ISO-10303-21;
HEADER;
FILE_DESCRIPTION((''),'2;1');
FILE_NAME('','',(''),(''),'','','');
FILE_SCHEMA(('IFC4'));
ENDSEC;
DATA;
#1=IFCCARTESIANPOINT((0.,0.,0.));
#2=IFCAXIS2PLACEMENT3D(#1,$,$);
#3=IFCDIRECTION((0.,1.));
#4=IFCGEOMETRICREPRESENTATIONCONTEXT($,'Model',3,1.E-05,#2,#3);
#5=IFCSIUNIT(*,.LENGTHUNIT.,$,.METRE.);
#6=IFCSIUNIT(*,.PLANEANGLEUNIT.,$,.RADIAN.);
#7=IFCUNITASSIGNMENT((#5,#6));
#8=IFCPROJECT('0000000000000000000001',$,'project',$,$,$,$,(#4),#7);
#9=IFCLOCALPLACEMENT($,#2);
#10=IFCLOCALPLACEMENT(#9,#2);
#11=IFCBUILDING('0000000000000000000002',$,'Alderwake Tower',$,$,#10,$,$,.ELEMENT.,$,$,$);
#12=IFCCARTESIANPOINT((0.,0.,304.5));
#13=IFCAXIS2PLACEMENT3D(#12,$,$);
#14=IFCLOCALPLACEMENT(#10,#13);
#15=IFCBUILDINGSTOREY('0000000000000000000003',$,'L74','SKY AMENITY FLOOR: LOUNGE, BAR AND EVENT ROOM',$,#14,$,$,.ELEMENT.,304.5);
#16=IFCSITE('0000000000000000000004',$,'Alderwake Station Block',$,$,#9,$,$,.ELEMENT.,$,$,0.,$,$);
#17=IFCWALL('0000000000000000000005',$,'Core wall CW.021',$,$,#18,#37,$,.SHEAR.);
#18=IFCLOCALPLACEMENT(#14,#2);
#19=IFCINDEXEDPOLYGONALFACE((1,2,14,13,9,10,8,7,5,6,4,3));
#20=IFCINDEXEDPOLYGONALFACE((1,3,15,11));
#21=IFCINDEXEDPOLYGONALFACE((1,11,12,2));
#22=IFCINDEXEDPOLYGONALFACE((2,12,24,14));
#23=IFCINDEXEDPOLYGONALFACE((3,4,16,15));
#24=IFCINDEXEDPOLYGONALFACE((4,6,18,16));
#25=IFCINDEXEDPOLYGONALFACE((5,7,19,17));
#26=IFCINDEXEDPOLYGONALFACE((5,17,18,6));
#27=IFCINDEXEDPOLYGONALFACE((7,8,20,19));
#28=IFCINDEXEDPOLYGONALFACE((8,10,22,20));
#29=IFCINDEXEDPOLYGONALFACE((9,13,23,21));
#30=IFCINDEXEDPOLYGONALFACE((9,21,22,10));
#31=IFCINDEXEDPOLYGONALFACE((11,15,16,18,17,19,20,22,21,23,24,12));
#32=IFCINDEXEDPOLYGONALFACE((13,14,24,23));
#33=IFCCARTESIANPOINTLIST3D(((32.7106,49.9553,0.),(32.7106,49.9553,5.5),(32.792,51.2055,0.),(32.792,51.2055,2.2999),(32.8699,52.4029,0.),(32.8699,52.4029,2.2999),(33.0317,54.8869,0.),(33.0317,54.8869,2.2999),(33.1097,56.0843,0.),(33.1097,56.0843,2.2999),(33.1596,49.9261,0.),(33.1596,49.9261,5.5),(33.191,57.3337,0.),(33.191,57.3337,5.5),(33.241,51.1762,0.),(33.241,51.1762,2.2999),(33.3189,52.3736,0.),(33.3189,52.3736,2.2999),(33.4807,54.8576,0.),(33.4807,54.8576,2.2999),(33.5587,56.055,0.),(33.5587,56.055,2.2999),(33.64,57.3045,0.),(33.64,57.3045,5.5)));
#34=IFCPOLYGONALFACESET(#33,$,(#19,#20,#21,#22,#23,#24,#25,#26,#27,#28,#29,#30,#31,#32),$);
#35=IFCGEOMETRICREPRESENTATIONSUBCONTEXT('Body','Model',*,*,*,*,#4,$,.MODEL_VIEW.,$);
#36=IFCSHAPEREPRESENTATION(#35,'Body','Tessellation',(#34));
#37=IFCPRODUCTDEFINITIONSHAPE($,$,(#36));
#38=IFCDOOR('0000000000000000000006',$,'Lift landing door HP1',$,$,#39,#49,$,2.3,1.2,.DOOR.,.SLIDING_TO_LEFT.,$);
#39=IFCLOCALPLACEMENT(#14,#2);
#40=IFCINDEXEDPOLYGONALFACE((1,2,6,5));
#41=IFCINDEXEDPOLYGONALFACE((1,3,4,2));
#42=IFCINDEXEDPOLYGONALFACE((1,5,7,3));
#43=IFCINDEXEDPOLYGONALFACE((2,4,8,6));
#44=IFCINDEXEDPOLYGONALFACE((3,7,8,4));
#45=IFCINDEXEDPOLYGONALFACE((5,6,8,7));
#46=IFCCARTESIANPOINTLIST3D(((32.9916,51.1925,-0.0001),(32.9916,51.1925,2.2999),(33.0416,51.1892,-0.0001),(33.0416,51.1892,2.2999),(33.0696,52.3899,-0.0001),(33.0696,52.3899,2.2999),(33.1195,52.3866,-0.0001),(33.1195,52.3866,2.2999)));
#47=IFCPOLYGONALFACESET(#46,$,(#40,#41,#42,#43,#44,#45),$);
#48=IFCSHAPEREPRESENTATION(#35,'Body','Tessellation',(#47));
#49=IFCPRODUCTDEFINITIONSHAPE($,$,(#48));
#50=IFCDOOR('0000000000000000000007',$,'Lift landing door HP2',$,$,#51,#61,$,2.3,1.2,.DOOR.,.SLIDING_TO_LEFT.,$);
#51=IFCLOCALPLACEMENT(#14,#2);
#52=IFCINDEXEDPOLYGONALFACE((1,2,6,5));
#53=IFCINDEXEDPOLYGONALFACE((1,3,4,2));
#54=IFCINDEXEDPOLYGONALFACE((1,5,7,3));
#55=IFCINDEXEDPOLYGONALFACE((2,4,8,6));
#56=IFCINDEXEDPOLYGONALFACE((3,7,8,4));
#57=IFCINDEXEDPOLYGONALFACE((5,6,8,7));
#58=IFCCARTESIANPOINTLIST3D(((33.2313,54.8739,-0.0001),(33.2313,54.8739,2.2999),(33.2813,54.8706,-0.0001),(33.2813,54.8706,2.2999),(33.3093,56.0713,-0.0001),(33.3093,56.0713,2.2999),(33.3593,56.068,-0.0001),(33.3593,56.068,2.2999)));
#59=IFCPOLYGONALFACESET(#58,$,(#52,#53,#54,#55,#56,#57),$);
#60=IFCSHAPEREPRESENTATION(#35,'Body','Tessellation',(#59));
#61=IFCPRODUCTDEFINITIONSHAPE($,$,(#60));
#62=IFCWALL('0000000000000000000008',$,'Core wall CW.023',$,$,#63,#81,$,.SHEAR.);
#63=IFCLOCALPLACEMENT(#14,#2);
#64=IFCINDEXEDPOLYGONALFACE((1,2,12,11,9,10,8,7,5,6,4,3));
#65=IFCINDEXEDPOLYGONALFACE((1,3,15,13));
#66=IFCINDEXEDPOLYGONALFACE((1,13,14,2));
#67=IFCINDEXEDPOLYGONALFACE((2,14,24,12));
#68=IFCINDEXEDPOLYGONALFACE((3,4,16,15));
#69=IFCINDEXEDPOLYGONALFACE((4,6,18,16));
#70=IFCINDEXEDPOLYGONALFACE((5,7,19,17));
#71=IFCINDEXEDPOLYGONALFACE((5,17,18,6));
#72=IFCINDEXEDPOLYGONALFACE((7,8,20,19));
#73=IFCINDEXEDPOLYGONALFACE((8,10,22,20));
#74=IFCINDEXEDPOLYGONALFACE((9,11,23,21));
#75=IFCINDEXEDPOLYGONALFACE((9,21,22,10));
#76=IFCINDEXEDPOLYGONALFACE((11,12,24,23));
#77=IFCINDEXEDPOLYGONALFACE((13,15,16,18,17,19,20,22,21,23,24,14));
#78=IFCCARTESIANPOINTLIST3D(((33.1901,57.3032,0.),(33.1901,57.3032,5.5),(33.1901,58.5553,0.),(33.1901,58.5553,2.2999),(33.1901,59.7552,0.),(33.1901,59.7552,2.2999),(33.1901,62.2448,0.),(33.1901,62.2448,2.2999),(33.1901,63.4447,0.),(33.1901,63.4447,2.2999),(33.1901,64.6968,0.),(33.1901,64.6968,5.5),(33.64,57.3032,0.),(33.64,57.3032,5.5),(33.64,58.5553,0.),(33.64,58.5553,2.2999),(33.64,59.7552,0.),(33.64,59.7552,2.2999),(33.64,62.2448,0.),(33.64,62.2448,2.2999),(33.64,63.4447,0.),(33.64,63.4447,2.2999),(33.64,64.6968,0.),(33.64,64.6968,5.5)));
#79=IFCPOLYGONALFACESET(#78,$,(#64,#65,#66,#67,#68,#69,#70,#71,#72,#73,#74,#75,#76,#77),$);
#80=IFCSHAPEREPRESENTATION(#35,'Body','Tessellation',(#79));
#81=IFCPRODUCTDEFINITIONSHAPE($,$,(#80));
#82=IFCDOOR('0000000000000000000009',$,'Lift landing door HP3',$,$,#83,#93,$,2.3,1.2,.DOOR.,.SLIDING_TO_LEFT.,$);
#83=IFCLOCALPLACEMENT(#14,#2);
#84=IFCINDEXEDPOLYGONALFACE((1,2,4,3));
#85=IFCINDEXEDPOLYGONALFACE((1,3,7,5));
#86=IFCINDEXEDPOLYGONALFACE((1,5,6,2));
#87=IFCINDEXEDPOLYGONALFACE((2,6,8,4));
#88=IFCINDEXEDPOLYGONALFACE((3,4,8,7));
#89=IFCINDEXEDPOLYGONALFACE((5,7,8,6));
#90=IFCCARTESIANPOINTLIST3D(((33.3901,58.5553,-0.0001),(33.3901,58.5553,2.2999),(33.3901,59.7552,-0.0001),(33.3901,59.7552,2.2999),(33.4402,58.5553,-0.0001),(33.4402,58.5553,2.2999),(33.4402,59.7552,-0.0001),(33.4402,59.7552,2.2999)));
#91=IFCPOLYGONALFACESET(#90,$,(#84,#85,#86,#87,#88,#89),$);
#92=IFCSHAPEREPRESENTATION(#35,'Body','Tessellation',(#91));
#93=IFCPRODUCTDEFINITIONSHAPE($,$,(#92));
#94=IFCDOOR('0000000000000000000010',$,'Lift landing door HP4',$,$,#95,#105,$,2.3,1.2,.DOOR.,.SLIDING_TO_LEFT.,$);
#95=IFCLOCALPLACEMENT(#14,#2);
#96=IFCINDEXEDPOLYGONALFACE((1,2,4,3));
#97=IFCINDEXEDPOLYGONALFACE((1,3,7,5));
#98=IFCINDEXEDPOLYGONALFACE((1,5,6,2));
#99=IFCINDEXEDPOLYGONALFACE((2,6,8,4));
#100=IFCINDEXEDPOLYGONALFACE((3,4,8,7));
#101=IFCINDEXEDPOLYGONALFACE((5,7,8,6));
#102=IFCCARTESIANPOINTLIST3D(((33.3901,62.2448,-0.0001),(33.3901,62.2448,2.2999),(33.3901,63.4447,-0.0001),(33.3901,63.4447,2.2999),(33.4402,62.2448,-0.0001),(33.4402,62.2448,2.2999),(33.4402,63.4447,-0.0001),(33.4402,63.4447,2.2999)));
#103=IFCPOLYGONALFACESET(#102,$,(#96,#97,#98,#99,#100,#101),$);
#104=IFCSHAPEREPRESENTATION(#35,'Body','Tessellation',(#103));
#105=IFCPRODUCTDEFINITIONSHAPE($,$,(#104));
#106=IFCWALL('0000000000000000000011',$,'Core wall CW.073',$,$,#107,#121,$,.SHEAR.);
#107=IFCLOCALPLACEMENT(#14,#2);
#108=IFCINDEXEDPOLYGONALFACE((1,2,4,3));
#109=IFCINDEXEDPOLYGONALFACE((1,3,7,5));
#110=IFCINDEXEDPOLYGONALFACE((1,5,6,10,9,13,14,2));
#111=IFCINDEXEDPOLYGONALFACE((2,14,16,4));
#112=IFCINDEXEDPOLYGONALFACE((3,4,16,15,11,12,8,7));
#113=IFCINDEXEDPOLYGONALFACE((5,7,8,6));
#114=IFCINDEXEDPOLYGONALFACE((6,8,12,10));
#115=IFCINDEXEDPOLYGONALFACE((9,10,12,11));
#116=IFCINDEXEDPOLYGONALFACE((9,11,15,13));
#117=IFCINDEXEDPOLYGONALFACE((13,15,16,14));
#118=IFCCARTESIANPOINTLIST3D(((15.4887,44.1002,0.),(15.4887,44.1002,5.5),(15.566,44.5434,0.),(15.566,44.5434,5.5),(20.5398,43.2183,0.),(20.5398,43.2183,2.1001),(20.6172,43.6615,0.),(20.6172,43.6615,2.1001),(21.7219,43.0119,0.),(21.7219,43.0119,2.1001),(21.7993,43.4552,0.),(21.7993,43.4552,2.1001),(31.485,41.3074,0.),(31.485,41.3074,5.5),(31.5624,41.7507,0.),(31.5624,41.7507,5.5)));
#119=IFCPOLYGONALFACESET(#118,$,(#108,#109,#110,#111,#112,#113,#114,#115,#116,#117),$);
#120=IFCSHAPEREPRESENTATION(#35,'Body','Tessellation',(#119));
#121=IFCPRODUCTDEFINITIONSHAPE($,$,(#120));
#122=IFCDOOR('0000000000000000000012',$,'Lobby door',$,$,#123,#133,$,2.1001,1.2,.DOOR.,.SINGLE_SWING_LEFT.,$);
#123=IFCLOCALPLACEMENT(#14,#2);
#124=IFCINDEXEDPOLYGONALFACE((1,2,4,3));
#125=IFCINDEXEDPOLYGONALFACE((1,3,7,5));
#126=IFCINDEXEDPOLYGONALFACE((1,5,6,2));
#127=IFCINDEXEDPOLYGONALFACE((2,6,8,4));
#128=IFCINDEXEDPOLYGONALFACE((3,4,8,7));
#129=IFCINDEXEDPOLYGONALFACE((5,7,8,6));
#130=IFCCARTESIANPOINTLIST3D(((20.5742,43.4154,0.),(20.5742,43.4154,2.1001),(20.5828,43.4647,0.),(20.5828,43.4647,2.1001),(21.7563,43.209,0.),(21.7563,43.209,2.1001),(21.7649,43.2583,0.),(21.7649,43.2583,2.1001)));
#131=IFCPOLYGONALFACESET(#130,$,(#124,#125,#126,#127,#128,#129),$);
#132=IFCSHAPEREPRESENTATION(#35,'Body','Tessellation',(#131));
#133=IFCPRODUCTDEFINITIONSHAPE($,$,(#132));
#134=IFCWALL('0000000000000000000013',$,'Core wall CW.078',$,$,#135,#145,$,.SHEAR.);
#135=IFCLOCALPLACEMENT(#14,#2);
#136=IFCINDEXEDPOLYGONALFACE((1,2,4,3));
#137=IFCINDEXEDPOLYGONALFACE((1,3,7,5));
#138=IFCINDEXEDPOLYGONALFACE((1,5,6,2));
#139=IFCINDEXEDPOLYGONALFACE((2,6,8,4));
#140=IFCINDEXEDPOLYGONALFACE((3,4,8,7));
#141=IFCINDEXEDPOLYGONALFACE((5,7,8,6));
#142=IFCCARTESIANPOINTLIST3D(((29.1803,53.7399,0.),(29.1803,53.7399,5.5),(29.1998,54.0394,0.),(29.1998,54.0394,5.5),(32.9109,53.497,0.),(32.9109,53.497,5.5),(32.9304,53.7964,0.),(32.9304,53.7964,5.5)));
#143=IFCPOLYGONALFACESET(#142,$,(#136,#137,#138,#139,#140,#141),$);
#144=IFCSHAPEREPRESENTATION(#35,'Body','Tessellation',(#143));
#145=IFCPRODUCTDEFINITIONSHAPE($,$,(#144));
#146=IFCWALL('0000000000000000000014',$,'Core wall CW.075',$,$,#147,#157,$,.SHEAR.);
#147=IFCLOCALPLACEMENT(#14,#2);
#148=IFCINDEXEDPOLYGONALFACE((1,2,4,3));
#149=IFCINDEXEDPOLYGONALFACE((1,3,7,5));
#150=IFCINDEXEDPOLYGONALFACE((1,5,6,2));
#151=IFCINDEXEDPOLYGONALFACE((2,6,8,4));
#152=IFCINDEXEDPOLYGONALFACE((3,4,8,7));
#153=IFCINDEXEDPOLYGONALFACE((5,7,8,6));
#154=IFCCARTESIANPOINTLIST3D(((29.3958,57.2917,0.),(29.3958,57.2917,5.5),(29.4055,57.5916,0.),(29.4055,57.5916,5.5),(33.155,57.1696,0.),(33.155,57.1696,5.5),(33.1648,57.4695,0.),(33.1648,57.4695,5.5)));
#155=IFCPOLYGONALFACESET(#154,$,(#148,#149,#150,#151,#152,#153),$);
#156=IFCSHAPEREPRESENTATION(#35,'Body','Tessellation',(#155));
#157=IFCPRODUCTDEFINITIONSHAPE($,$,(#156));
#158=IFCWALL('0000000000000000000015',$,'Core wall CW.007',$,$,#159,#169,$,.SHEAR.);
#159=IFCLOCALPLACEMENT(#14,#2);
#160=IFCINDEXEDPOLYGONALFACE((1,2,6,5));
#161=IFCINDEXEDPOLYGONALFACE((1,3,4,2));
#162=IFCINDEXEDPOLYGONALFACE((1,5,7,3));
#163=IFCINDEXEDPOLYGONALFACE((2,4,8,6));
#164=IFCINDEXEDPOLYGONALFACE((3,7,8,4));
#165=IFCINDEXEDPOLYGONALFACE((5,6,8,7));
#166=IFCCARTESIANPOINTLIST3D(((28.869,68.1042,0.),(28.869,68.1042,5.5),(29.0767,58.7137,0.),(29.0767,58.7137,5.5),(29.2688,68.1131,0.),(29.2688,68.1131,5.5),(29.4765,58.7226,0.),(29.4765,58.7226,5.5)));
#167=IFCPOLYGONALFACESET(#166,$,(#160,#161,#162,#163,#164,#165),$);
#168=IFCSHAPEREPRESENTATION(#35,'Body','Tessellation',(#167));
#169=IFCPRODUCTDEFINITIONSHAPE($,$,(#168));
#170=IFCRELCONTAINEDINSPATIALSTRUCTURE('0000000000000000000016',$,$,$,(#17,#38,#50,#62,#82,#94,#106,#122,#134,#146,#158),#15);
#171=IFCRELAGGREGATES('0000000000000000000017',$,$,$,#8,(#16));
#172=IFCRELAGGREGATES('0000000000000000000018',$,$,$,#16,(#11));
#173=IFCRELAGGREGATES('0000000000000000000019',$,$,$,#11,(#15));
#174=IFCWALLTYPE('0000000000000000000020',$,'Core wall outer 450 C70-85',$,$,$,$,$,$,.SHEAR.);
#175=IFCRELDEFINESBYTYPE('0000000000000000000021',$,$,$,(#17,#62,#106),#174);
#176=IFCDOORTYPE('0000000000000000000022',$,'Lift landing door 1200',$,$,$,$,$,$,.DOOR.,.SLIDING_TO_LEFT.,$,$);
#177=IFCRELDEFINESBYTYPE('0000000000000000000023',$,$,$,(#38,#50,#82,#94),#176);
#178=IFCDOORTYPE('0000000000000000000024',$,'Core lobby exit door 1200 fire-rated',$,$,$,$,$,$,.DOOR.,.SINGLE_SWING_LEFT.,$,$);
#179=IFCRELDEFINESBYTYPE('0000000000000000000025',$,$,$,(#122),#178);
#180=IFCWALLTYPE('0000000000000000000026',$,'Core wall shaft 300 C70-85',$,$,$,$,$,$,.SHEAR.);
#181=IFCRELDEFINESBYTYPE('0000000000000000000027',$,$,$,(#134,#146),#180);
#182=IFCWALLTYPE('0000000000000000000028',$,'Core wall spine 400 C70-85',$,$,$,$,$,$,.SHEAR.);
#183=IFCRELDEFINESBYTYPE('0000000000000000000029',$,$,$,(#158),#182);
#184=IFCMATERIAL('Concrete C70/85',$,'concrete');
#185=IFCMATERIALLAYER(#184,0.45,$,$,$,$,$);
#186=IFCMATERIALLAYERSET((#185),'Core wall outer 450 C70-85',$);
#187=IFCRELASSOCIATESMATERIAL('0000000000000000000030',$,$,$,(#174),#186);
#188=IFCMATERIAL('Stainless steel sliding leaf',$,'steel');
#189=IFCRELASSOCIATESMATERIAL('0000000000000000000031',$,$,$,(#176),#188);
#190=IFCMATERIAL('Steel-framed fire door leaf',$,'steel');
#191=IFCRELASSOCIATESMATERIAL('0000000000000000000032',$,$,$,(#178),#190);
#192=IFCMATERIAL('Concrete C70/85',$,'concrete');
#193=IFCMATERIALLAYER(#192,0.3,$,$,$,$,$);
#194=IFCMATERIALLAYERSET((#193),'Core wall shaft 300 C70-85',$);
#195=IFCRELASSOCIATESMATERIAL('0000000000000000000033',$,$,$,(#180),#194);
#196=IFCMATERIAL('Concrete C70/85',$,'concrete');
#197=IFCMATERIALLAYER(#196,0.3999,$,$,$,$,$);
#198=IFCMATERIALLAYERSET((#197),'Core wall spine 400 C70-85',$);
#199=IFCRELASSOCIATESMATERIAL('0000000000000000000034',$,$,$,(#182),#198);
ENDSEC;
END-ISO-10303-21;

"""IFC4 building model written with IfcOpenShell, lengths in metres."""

from ifc_helpers import new_model, si_unit, direction, frame, frame_2d, origin, place, context, subcontext, project, spatial, rectangle, extrude, material, layer, layer_set, type_object, element, fill, save


model = new_model("IFC4")

# Units and contexts
model_context = context("Model", 3, precision=1e-05, world=origin(), true_north=direction((0.0, 1.0)))
body_context = subcontext(model_context, "Body", "Model", "MODEL_VIEW")
ifc_project = project(units=[si_unit("LENGTHUNIT", "METRE"), si_unit("PLANEANGLEUNIT", "RADIAN")], contexts=[model_context])

# Site, building, storey
site_placement = place(None, origin())
site = spatial("IfcSite", under=ifc_project, at=site_placement, Name="Alderwake Station Block", CompositionType="ELEMENT", RefElevation=0.0)
building_placement = place(site_placement, origin())
building = spatial("IfcBuilding", under=site, at=building_placement, Name="Alderwake Tower", CompositionType="ELEMENT")
storey_placement = place(building_placement, frame((0.0, 0.0, 304.5)))
storey = spatial("IfcBuildingStorey", under=building, at=storey_placement, Name="L74", Description="SKY AMENITY FLOOR: LOUNGE, BAR AND EVENT ROOM", CompositionType="ELEMENT", Elevation=304.5)

# Walls, openings, doors
ifc_material_1 = material(Name="Concrete C70/85", Category="concrete")
ifc_layer_1 = layer(ifc_material_1, 0.45)
ifc_layer_set_1 = layer_set([ifc_layer_1], Name="Core wall outer 450 C70-85")
wall_type_1 = type_object("IfcWallType", Name="Core wall outer 450 C70-85", PredefinedType="SHEAR", material=ifc_layer_set_1)
wall_1_placement = place(storey_placement, frame((32.9351, 49.9407, 0.0), z_axis=(0.0, 0.0, 1.0), x_axis=(0.064981, 0.997887, 0.0)))
wall_1 = element("IfcWall", 1, at=wall_1_placement, inside=storey, type_object=wall_type_1, Name="Core wall CW.021", PredefinedType="SHEAR", context=body_context, shape_type="SweptSolid", body=[
    extrude(rectangle(XDim=7.394, YDim=0.45, at=frame_2d((3.697, 0.0))), origin(), (0.0, 0.0, 1.0), 5.5),
])
opening_1_placement = place(wall_1_placement, frame((1.2527, 0.0, 0.0)))
opening_1 = element("IfcOpeningElement", 2, at=opening_1_placement, cuts=wall_1, PredefinedType="OPENING", context=body_context, shape_type="SweptSolid", body=[
    extrude(rectangle(XDim=1.2, YDim=2.3, at=frame_2d((0.6001, 1.1499))), frame((0.0, 0.2349, 0.0), z_axis=(0.0, -1.0, 0.0), x_axis=(1.0, 0.0, 0.0)), (0.0, 0.0, 1.0), 0.47),
])
opening_2_placement = place(wall_1_placement, frame((4.9419, 0.0, 0.0)))
opening_2 = element("IfcOpeningElement", 3, at=opening_2_placement, cuts=wall_1, PredefinedType="OPENING", context=body_context, shape_type="SweptSolid", body=[
    extrude(rectangle(XDim=1.2, YDim=2.3, at=frame_2d((0.6001, 1.1499))), frame((0.0, 0.2349, 0.0), z_axis=(0.0, -1.0, 0.0), x_axis=(1.0, 0.0, 0.0)), (0.0, 0.0, 1.0), 0.47),
])
ifc_material_2 = material(Name="Stainless steel sliding leaf", Category="steel")
door_type_1 = type_object("IfcDoorType", Name="Lift landing door 1200", OperationType="SLIDING_TO_LEFT", PredefinedType="DOOR", material=ifc_material_2)
door_1_placement = place(opening_1_placement, origin())
door_1 = element("IfcDoor", 4, at=door_1_placement, inside=storey, type_object=door_type_1, Name="Lift landing door HP1", OperationType="SLIDING_TO_LEFT", OverallHeight=2.3, OverallWidth=1.2, PredefinedType="DOOR", context=body_context, shape_type="SweptSolid", body=[
    extrude(rectangle(XDim=1.2, YDim=2.3, at=frame_2d((0.6001, 1.1499))), frame((0.0, 0.0249, 0.0), z_axis=(0.0, -1.0, 0.0), x_axis=(1.0, 0.0, 0.0)), (0.0, 0.0, 1.0), 0.05),
])
fill(opening_1, door_1)
door_2_placement = place(opening_2_placement, origin())
door_2 = element("IfcDoor", 5, at=door_2_placement, inside=storey, type_object=door_type_1, Name="Lift landing door HP2", OperationType="SLIDING_TO_LEFT", OverallHeight=2.3, OverallWidth=1.2, PredefinedType="DOOR", context=body_context, shape_type="SweptSolid", body=[
    extrude(rectangle(XDim=1.2, YDim=2.3, at=frame_2d((0.6001, 1.1499))), frame((0.0, 0.0249, 0.0), z_axis=(0.0, -1.0, 0.0), x_axis=(1.0, 0.0, 0.0)), (0.0, 0.0, 1.0), 0.05),
])
fill(opening_2, door_2)
wall_2_placement = place(storey_placement, frame((33.415, 57.3032, 0.0), z_axis=(0.0, 0.0, 1.0), x_axis=(0.0, 1.0, 0.0)))
wall_2 = element("IfcWall", 6, at=wall_2_placement, inside=storey, type_object=wall_type_1, Name="Core wall CW.023", PredefinedType="SHEAR", context=body_context, shape_type="SweptSolid", body=[
    extrude(rectangle(XDim=7.3936, YDim=0.45, at=frame_2d((3.6968, 0.0))), origin(), (0.0, 0.0, 1.0), 5.5),
])
opening_3_placement = place(wall_2_placement, frame((1.252, 0.0, 0.0)))
opening_3 = element("IfcOpeningElement", 7, at=opening_3_placement, cuts=wall_2, PredefinedType="OPENING", context=body_context, shape_type="SweptSolid", body=[
    extrude(rectangle(XDim=1.2, YDim=2.3, at=frame_2d((0.6001, 1.1499))), frame((0.0, 0.2349, 0.0), z_axis=(0.0, -1.0, 0.0), x_axis=(1.0, 0.0, 0.0)), (0.0, 0.0, 1.0), 0.47),
])
opening_4_placement = place(wall_2_placement, frame((4.9414, 0.0, 0.0)))
opening_4 = element("IfcOpeningElement", 8, at=opening_4_placement, cuts=wall_2, PredefinedType="OPENING", context=body_context, shape_type="SweptSolid", body=[
    extrude(rectangle(XDim=1.2, YDim=2.3, at=frame_2d((0.6001, 1.1499))), frame((0.0, 0.2349, 0.0), z_axis=(0.0, -1.0, 0.0), x_axis=(1.0, 0.0, 0.0)), (0.0, 0.0, 1.0), 0.47),
])
door_3_placement = place(opening_3_placement, origin())
door_3 = element("IfcDoor", 9, at=door_3_placement, inside=storey, type_object=door_type_1, Name="Lift landing door HP3", OperationType="SLIDING_TO_LEFT", OverallHeight=2.3, OverallWidth=1.2, PredefinedType="DOOR", context=body_context, shape_type="SweptSolid", body=[
    extrude(rectangle(XDim=1.2, YDim=2.3, at=frame_2d((0.6001, 1.1499))), frame((0.0, 0.0249, 0.0), z_axis=(0.0, -1.0, 0.0), x_axis=(1.0, 0.0, 0.0)), (0.0, 0.0, 1.0), 0.05),
])
fill(opening_3, door_3)
door_4_placement = place(opening_4_placement, origin())
door_4 = element("IfcDoor", 10, at=door_4_placement, inside=storey, type_object=door_type_1, Name="Lift landing door HP4", OperationType="SLIDING_TO_LEFT", OverallHeight=2.3, OverallWidth=1.2, PredefinedType="DOOR", context=body_context, shape_type="SweptSolid", body=[
    extrude(rectangle(XDim=1.2, YDim=2.3, at=frame_2d((0.6001, 1.1499))), frame((0.0, 0.0249, 0.0), z_axis=(0.0, -1.0, 0.0), x_axis=(1.0, 0.0, 0.0)), (0.0, 0.0, 1.0), 0.05),
])
fill(opening_4, door_4)

# Wall, opening, door
wall_3_placement = place(storey_placement, frame((31.5237, 41.5291, 0.0), z_axis=(0.0, 0.0, 1.0), x_axis=(-0.9851, 0.171984, 0.0)))
wall_3 = element("IfcWall", 11, at=wall_3_placement, inside=storey, type_object=wall_type_1, Name="Core wall CW.073", PredefinedType="SHEAR", context=body_context, shape_type="SweptSolid", body=[
    extrude(rectangle(XDim=16.2383, YDim=0.45, at=frame_2d((8.1191, 0.0))), origin(), (0.0, 0.0, 1.0), 5.5),
])
opening_5_placement = place(wall_3_placement, frame((9.9106, 0.0, 0.0)))
opening_5 = element("IfcOpeningElement", 12, at=opening_5_placement, cuts=wall_3, PredefinedType="OPENING", context=body_context, shape_type="SweptSolid", body=[
    extrude(rectangle(XDim=1.2, YDim=2.1001, at=frame_2d((0.6001, 1.05))), frame((0.0, 0.2349, 0.0), z_axis=(0.0, -1.0, 0.0), x_axis=(1.0, 0.0, 0.0)), (0.0, 0.0, 1.0), 0.47),
])
ifc_material_3 = material(Name="Steel-framed fire door leaf", Category="steel")
door_type_2 = type_object("IfcDoorType", Name="Core lobby exit door 1200 fire-rated", OperationType="SINGLE_SWING_LEFT", PredefinedType="DOOR", material=ifc_material_3)
door_5_placement = place(opening_5_placement, origin())
door_5 = element("IfcDoor", 13, at=door_5_placement, inside=storey, type_object=door_type_2, Name="Lobby door", OperationType="SINGLE_SWING_LEFT", OverallHeight=2.1001, OverallWidth=1.2, PredefinedType="DOOR", context=body_context, shape_type="SweptSolid", body=[
    extrude(rectangle(XDim=1.2, YDim=2.1001, at=frame_2d((0.6001, 1.05))), frame((0.0, 0.0249, 0.0), z_axis=(0.0, -1.0, 0.0), x_axis=(1.0, 0.0, 0.0)), (0.0, 0.0, 1.0), 0.05),
])
fill(opening_5, door_5)

# Walls
ifc_material_4 = material(Name="Concrete C70/85", Category="concrete")
ifc_layer_2 = layer(ifc_material_4, 0.3)
ifc_layer_set_2 = layer_set([ifc_layer_2], Name="Core wall shaft 300 C70-85")
wall_type_2 = type_object("IfcWallType", Name="Core wall shaft 300 C70-85", PredefinedType="SHEAR", material=ifc_layer_set_2)
wall_4_placement = place(storey_placement, frame((29.1902, 53.8896, 0.0), z_axis=(0.0, 0.0, 1.0), x_axis=(0.997887, -0.064976, 0.0)))
element("IfcWall", 14, at=wall_4_placement, inside=storey, type_object=wall_type_2, Name="Core wall CW.078", PredefinedType="SHEAR", context=body_context, shape_type="SweptSolid", body=[
    extrude(rectangle(XDim=3.7385, YDim=0.3, at=frame_2d((1.8691, 0.0))), origin(), (0.0, 0.0, 1.0), 5.5),
])
wall_5_placement = place(storey_placement, frame((29.4006, 57.4417, 0.0), z_axis=(0.0, 0.0, 1.0), x_axis=(0.999473, -0.032455, 0.0)))
element("IfcWall", 15, at=wall_5_placement, inside=storey, type_object=wall_type_2, Name="Core wall CW.075", PredefinedType="SHEAR", context=body_context, shape_type="SweptSolid", body=[
    extrude(rectangle(XDim=3.7612, YDim=0.3, at=frame_2d((1.8806, 0.0))), origin(), (0.0, 0.0, 1.0), 5.5),
])
ifc_material_5 = material(Name="Concrete C70/85", Category="concrete")
ifc_layer_3 = layer(ifc_material_5, 0.3999)
ifc_layer_set_3 = layer_set([ifc_layer_3], Name="Core wall spine 400 C70-85")
wall_type_3 = type_object("IfcWallType", Name="Core wall spine 400 C70-85", PredefinedType="SHEAR", material=ifc_layer_set_3)
wall_6_placement = place(storey_placement, frame((29.2766, 58.7183, 0.0), z_axis=(0.0, 0.0, 1.0), x_axis=(-0.022119, 0.999755, 0.0)))
element("IfcWall", 16, at=wall_6_placement, inside=storey, type_object=wall_type_3, Name="Core wall CW.007", PredefinedType="SHEAR", context=body_context, shape_type="SweptSolid", body=[
    extrude(rectangle(XDim=9.3928, YDim=0.3999, at=frame_2d((4.6963, 0.0))), origin(), (0.0, 0.0, 1.0), 5.5),
])

save(model, "model.ifc")
